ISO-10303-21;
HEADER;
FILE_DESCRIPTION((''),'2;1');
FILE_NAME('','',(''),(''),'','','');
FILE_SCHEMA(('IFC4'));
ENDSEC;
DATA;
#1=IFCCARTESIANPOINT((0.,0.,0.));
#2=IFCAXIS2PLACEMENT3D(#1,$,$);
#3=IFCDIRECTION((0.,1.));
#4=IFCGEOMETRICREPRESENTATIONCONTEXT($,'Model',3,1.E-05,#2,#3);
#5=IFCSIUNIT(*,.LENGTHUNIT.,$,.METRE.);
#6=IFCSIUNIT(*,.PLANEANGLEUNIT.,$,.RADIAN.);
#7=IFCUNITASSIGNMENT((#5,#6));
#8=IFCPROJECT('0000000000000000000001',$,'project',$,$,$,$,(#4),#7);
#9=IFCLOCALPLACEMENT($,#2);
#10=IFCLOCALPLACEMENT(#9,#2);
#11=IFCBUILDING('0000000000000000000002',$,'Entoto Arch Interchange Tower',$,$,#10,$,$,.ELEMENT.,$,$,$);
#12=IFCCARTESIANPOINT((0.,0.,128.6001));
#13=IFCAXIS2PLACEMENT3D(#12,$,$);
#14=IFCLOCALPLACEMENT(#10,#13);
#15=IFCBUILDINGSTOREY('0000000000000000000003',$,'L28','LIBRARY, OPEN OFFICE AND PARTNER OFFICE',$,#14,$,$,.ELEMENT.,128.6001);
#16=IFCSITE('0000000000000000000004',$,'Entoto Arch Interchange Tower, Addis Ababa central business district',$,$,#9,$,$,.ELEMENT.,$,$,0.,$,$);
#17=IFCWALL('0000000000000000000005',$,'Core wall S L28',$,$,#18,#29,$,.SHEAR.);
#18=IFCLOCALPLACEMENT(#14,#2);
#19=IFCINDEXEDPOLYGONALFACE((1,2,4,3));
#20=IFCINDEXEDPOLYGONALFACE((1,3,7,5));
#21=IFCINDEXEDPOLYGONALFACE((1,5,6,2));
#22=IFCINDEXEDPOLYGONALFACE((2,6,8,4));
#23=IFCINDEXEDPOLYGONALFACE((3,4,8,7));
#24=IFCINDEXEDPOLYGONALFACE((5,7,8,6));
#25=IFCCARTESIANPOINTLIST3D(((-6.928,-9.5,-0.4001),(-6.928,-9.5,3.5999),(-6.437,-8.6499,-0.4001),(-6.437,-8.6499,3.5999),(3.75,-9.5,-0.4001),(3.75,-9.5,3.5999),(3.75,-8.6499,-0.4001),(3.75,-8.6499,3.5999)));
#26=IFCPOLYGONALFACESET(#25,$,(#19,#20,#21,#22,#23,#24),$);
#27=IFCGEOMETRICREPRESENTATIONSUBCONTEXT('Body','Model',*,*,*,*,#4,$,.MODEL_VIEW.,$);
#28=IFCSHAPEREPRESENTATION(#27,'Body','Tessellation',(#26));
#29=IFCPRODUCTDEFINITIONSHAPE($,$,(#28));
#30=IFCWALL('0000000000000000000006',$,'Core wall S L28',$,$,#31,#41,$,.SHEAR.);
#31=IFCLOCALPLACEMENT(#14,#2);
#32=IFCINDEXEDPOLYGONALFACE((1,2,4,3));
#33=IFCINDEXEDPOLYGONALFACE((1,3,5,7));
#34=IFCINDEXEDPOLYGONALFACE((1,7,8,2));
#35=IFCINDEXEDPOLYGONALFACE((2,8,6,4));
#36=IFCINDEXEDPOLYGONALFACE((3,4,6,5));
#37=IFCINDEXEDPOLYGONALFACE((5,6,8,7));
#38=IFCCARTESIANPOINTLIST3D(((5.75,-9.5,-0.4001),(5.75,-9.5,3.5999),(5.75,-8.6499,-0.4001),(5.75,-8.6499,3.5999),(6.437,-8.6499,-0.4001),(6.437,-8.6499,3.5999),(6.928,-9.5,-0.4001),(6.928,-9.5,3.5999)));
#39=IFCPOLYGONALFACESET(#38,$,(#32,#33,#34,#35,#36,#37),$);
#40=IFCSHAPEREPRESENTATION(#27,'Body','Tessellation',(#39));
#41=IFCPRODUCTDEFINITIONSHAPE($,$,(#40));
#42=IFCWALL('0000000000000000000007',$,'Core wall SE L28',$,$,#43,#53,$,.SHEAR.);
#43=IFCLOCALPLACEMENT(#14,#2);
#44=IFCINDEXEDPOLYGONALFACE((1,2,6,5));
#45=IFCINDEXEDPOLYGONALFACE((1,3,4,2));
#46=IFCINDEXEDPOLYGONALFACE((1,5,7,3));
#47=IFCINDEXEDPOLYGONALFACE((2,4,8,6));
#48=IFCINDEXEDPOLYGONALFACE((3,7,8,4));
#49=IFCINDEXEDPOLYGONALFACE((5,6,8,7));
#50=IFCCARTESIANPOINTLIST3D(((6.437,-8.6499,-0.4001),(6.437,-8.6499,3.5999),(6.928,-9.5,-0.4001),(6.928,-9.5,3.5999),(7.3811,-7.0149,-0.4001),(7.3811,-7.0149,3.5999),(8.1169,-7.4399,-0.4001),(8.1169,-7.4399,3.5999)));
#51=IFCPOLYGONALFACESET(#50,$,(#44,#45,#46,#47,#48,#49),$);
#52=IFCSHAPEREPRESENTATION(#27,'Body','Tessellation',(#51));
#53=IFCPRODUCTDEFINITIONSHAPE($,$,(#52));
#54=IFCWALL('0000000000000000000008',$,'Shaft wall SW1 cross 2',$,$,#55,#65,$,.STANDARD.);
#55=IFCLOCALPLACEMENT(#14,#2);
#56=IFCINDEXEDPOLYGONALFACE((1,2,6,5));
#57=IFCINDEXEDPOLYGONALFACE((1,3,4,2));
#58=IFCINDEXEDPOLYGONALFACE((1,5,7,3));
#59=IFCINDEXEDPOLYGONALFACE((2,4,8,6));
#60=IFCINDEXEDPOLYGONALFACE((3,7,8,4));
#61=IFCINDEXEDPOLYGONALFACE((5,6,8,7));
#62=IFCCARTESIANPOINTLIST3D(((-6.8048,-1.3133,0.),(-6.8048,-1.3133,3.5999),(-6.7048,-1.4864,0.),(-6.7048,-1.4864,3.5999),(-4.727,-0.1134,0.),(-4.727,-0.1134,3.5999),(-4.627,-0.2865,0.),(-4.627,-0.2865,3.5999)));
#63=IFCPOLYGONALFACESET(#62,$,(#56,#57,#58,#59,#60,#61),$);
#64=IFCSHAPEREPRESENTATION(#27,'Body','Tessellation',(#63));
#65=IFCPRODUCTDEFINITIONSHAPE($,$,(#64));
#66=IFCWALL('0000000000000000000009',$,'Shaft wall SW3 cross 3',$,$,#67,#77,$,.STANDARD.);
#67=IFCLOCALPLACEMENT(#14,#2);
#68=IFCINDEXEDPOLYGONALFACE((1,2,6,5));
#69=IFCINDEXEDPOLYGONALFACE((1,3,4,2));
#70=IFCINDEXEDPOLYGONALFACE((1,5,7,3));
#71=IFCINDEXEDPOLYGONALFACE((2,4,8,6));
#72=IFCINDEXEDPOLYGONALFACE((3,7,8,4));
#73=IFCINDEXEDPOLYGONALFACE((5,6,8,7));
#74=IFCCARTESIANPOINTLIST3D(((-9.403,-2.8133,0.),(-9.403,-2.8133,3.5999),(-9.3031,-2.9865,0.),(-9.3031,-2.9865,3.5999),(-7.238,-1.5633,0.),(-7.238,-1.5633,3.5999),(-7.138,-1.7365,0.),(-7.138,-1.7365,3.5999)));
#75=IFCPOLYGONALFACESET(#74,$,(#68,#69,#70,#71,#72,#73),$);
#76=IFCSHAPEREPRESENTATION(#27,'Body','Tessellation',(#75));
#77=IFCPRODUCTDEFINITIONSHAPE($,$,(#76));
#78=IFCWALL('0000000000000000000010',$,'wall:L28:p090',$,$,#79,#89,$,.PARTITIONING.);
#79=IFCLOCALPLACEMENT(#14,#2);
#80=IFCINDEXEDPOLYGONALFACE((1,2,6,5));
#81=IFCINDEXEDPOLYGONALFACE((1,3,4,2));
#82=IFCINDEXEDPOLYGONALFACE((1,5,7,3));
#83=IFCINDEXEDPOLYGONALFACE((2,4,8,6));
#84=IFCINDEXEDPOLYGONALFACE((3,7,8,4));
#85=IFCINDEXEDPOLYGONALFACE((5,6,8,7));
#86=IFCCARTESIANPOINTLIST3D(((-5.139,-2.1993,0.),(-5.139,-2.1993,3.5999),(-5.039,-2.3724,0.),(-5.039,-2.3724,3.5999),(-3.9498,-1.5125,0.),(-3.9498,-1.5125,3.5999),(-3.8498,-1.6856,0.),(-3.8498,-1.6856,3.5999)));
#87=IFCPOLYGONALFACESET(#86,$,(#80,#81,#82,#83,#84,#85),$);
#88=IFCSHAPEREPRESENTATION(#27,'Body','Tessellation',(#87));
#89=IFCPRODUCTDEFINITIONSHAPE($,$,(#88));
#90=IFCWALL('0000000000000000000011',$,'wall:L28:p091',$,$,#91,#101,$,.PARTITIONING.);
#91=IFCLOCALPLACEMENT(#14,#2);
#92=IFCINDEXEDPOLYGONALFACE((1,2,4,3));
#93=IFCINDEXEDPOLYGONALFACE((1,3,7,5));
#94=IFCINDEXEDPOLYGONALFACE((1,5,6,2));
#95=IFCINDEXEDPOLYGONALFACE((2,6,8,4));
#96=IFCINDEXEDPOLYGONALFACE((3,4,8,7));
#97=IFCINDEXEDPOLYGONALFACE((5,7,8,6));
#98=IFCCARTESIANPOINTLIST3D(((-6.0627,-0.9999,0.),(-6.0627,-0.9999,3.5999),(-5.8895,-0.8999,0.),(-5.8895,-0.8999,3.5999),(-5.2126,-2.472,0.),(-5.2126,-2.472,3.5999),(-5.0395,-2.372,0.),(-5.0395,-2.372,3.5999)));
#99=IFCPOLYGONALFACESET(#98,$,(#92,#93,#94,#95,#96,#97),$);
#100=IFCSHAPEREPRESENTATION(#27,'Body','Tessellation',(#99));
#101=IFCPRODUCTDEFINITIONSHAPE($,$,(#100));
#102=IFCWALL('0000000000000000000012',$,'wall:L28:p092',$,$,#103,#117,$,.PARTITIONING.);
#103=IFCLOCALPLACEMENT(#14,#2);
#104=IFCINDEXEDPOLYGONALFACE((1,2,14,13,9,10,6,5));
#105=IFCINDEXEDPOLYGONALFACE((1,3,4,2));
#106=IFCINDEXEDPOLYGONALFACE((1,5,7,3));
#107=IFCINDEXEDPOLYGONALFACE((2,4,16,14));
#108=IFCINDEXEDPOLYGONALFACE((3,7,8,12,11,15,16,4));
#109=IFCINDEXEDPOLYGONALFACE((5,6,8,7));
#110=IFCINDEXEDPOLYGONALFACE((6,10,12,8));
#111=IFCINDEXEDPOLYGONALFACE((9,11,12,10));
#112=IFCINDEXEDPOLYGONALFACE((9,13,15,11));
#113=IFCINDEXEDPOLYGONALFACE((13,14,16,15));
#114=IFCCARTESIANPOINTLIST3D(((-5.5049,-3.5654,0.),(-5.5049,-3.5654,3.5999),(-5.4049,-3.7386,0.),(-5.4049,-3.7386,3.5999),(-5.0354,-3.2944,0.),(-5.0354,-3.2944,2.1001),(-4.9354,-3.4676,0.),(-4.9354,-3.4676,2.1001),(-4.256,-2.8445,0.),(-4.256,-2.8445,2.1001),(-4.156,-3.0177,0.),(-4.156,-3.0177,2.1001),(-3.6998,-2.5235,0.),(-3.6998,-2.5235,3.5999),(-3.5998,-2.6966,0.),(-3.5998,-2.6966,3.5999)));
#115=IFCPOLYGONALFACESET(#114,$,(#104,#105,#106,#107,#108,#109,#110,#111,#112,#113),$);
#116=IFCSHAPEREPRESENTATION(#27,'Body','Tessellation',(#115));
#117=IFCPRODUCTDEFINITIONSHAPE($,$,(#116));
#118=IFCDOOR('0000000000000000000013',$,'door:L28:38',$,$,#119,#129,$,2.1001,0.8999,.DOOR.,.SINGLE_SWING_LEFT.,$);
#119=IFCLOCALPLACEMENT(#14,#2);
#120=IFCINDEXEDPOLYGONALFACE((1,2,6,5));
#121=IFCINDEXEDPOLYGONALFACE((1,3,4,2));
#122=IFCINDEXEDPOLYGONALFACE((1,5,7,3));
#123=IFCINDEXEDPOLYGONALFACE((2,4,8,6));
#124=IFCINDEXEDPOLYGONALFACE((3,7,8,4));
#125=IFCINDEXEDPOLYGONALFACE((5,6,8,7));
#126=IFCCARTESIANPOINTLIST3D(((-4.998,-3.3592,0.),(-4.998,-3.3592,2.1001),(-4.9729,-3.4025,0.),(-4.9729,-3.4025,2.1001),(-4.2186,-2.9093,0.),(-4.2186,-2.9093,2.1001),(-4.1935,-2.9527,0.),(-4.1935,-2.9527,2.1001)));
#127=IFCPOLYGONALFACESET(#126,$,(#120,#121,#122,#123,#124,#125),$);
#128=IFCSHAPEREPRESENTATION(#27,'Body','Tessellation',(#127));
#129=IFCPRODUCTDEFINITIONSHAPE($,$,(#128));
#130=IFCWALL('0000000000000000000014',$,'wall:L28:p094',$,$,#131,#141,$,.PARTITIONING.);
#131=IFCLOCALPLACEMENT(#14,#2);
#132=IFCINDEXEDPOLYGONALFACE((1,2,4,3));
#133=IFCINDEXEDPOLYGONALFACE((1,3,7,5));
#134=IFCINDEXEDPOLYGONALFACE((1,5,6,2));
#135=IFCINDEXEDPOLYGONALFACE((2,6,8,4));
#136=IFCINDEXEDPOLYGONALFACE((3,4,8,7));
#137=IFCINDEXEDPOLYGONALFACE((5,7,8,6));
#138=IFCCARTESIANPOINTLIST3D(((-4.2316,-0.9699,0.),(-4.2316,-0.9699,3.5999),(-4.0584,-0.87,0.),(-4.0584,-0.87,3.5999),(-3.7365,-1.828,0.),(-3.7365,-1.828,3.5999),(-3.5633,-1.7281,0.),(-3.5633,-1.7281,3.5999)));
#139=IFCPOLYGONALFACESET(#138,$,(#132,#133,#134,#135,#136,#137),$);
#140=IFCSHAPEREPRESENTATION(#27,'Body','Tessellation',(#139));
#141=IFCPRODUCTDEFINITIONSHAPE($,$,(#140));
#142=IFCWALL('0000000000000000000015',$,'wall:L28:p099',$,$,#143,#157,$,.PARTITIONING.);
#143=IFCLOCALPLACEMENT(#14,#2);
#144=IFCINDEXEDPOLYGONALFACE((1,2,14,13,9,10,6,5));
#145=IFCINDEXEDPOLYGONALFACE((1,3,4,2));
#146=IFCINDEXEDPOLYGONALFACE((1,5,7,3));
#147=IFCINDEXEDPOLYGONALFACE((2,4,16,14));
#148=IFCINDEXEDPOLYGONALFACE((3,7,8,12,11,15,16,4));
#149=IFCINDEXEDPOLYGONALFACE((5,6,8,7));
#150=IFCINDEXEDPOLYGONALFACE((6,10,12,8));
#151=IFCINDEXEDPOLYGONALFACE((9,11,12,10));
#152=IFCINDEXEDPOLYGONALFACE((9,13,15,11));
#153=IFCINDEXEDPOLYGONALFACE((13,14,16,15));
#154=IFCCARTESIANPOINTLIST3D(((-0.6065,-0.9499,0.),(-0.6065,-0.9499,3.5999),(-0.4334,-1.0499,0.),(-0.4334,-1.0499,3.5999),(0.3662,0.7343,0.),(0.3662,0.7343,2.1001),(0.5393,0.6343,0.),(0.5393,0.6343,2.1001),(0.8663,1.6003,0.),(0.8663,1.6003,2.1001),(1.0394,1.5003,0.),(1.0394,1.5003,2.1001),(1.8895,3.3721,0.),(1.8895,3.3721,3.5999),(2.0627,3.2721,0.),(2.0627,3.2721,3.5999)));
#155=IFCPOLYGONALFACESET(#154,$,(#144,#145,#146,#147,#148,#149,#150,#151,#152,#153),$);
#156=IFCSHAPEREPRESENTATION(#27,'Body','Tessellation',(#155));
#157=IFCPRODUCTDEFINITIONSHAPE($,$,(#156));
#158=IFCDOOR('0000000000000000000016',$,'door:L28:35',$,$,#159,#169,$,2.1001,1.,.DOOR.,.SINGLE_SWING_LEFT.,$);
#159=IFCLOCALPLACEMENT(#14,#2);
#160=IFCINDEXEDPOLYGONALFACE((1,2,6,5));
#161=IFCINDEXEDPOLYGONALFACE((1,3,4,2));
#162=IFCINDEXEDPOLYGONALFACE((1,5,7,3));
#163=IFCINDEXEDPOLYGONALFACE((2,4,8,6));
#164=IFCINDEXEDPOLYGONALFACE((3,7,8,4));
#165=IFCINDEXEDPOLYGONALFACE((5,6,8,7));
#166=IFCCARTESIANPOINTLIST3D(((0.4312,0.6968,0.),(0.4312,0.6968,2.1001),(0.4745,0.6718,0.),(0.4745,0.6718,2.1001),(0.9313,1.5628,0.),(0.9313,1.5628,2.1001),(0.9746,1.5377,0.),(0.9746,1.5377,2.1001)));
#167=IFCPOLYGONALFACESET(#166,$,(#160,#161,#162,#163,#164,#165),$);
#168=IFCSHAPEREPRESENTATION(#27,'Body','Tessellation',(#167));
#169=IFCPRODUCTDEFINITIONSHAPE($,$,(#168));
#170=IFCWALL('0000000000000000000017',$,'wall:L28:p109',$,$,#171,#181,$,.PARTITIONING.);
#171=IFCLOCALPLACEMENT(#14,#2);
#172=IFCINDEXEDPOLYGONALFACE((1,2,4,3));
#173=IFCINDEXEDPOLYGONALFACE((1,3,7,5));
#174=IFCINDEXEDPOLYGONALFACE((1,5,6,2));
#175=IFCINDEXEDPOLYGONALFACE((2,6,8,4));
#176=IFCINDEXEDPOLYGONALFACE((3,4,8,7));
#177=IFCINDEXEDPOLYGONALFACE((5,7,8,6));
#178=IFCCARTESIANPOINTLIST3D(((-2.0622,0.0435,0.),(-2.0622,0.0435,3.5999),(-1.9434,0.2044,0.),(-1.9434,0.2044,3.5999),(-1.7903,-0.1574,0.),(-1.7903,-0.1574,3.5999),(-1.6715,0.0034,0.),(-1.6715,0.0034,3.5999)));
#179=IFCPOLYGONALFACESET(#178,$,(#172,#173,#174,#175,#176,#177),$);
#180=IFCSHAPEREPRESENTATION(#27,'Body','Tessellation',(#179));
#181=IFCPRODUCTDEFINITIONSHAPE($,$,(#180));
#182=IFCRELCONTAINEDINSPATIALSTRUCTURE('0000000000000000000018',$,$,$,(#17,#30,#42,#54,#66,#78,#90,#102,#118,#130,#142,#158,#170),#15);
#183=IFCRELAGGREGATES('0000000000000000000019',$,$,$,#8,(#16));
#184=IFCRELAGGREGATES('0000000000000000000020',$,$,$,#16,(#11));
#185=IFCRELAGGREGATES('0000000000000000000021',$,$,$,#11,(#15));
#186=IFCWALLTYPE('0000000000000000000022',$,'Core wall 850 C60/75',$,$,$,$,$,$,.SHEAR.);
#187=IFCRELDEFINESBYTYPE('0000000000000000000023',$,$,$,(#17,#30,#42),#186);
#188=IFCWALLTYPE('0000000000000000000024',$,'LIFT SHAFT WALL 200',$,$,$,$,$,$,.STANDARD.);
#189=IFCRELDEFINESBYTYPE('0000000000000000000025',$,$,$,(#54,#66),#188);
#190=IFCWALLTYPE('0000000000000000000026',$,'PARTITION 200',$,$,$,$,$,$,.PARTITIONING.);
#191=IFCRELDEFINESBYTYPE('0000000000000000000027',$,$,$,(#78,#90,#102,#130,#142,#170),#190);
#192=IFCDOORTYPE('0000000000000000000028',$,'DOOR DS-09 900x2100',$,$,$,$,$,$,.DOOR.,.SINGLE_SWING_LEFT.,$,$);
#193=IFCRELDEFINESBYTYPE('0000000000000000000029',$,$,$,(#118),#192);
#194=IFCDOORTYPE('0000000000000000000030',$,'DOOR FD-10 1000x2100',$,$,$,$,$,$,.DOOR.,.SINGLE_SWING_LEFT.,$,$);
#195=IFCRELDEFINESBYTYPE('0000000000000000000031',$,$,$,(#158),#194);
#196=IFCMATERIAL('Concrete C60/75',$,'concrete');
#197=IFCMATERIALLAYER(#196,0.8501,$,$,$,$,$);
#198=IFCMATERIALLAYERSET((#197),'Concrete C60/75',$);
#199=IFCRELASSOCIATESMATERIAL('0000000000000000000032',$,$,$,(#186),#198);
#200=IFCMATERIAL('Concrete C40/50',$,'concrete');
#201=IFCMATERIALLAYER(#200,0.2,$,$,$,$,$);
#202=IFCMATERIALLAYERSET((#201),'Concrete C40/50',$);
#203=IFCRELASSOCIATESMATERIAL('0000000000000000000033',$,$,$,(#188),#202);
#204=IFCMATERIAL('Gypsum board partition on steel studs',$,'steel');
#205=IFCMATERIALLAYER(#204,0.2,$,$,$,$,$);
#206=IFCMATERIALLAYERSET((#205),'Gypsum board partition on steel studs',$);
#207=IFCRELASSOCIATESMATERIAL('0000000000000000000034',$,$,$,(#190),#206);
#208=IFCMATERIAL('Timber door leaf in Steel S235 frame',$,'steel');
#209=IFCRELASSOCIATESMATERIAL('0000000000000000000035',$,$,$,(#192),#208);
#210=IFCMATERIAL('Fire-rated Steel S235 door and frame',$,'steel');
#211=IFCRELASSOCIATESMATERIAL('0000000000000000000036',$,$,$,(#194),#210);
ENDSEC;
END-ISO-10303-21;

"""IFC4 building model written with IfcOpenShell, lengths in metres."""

from ifc_helpers import new_model, si_unit, direction, frame, frame_2d, origin, place, context, subcontext, project, spatial, polyline, rectangle, outline, extrude, material, layer, layer_set, type_object, element, fill, save


model = new_model("IFC4")

# Units and contexts
model_context = context("Model", 3, precision=1e-05, world=origin(), true_north=direction((0.0, 1.0)))
body_context = subcontext(model_context, "Body", "Model", "MODEL_VIEW")
ifc_project = project(units=[si_unit("LENGTHUNIT", "METRE"), si_unit("PLANEANGLEUNIT", "RADIAN")], contexts=[model_context])

# Site, building, storey
site_placement = place(None, origin())
site = spatial("IfcSite", under=ifc_project, at=site_placement, Name="Entoto Arch Interchange Tower, Addis Ababa central business district", CompositionType="ELEMENT", RefElevation=0.0)
building_placement = place(site_placement, origin())
building = spatial("IfcBuilding", under=site, at=building_placement, Name="Entoto Arch Interchange Tower", CompositionType="ELEMENT")
storey_placement = place(building_placement, frame((0.0, 0.0, 128.6001)))
storey = spatial("IfcBuildingStorey", under=building, at=storey_placement, Name="L28", Description="LIBRARY, OPEN OFFICE AND PARTNER OFFICE", CompositionType="ELEMENT", Elevation=128.6001)

# Shared definitions
ifc_material_1 = material(Name="Concrete C40/50", Category="concrete")

# Walls
ifc_material_2 = material(Name="Concrete C60/75", Category="concrete")
ifc_layer_1 = layer(ifc_material_2, 0.8501)
ifc_layer_set_1 = layer_set([ifc_layer_1], Name="Concrete C60/75")
wall_type_1 = type_object("IfcWallType", Name="Core wall 850 C60/75", PredefinedType="SHEAR", material=ifc_layer_set_1)
wall_1_placement = place(storey_placement, frame((0.0, 0.0, -0.4001)))
element("IfcWall", 1, at=wall_1_placement, inside=storey, type_object=wall_type_1, Name="Core wall S L28", PredefinedType="SHEAR", context=body_context, shape_type="SweptSolid", body=[
    extrude(outline(polyline([(3.75, -9.5), (3.75, -8.6499), (-6.437, -8.6499), (-6.928, -9.5), (3.75, -9.5)])), origin(), (0.0, 0.0, 1.0), 4.0),
])
wall_2_placement = place(storey_placement, frame((0.0, 0.0, -0.4001)))
element("IfcWall", 2, at=wall_2_placement, inside=storey, type_object=wall_type_1, Name="Core wall S L28", PredefinedType="SHEAR", context=body_context, shape_type="SweptSolid", body=[
    extrude(outline(polyline([(5.75, -8.6499), (5.75, -9.5), (6.928, -9.5), (6.437, -8.6499), (5.75, -8.6499)])), origin(), (0.0, 0.0, 1.0), 4.0),
])
wall_3_placement = place(storey_placement, frame((0.0, 0.0, -0.4001)))
element("IfcWall", 3, at=wall_3_placement, inside=storey, type_object=wall_type_1, Name="Core wall SE L28", PredefinedType="SHEAR", context=body_context, shape_type="SweptSolid", body=[
    extrude(outline(polyline([(8.1169, -7.4399), (7.3811, -7.0149), (6.437, -8.6499), (6.928, -9.5), (8.1169, -7.4399)])), origin(), (0.0, 0.0, 1.0), 4.0),
])
ifc_layer_2 = layer(ifc_material_1, 0.2)
ifc_layer_set_2 = layer_set([ifc_layer_2], Name="Concrete C40/50")
wall_type_2 = type_object("IfcWallType", Name="LIFT SHAFT WALL 200", PredefinedType="STANDARD", material=ifc_layer_set_2)
wall_4_placement = place(storey_placement, frame((-4.677, -0.2, 0.0), z_axis=(0.0, 0.0, 1.0), x_axis=(-0.865974, -0.500089, 0.0)))
element("IfcWall", 4, at=wall_4_placement, inside=storey, type_object=wall_type_2, Name="Shaft wall SW1 cross 2", PredefinedType="STANDARD", context=body_context, shape_type="SweptSolid", body=[
    extrude(rectangle(XDim=2.3994, YDim=0.2, at=frame_2d((1.1997, 0.0))), origin(), (0.0, 0.0, 1.0), 3.5999),
])
wall_5_placement = place(storey_placement, frame((-7.188, -1.6499, 0.0), z_axis=(0.0, 0.0, 1.0), x_axis=(-0.866023, -0.500004, 0.0)))
element("IfcWall", 5, at=wall_5_placement, inside=storey, type_object=wall_type_2, Name="Shaft wall SW3 cross 3", PredefinedType="STANDARD", context=body_context, shape_type="SweptSolid", body=[
    extrude(rectangle(XDim=2.5, YDim=0.2, at=frame_2d((1.25, 0.0))), origin(), (0.0, 0.0, 1.0), 3.5999),
])
ifc_material_3 = material(Name="Gypsum board partition on steel studs", Category="steel")
ifc_layer_3 = layer(ifc_material_3, 0.2)
ifc_layer_set_3 = layer_set([ifc_layer_3], Name="Gypsum board partition on steel studs")
wall_type_3 = type_object("IfcWallType", Name="PARTITION 200", PredefinedType="PARTITIONING", material=ifc_layer_set_3)
wall_6_placement = place(storey_placement, frame((-3.8999, -1.5991, 0.0), z_axis=(0.0, 0.0, 1.0), x_axis=(-0.865969, -0.500097, 0.0)))
element("IfcWall", 6, at=wall_6_placement, inside=storey, type_object=wall_type_3, Name="wall:L28:p090", PredefinedType="PARTITIONING", context=body_context, shape_type="SweptSolid", body=[
    extrude(rectangle(XDim=1.3733, YDim=0.2, at=frame_2d((0.6865, 0.0))), origin(), (0.0, 0.0, 1.0), 3.5999),
])
wall_7_placement = place(storey_placement, frame((-5.126, -2.4221, 0.0), z_axis=(0.0, 0.0, 1.0), x_axis=(-0.500062, 0.865989, 0.0)))
element("IfcWall", 7, at=wall_7_placement, inside=storey, type_object=wall_type_3, Name="wall:L28:p091", PredefinedType="PARTITIONING", context=body_context, shape_type="SweptSolid", body=[
    extrude(rectangle(XDim=1.7, YDim=0.2, at=frame_2d((0.8501, 0.0))), origin(), (0.0, 0.0, 1.0), 3.5999),
])

# Wall, opening, door
wall_8_placement = place(storey_placement, frame((-3.6499, -2.6101, 0.0), z_axis=(0.0, 0.0, 1.0), x_axis=(-0.866072, -0.499918, 0.0)))
wall_8 = element("IfcWall", 8, at=wall_8_placement, inside=storey, type_object=wall_type_3, Name="wall:L28:p092", PredefinedType="PARTITIONING", context=body_context, shape_type="SweptSolid", body=[
    extrude(rectangle(XDim=2.0842, YDim=0.2, at=frame_2d((1.042, 0.0))), origin(), (0.0, 0.0, 1.0), 3.5999),
])
opening_1_placement = place(wall_8_placement, frame((0.6421, 0.0, 0.0)))
opening_1 = element("IfcOpeningElement", 9, at=opening_1_placement, cuts=wall_8, PredefinedType="OPENING", context=body_context, shape_type="SweptSolid", body=[
    extrude(rectangle(XDim=0.8999, YDim=2.1001, at=frame_2d((0.45, 1.05))), frame((0.0, 0.1099, 0.0), z_axis=(0.0, -1.0, 0.0), x_axis=(1.0, 0.0, 0.0)), (0.0, 0.0, 1.0), 0.22),
])
ifc_material_4 = material(Name="Timber door leaf in Steel S235 frame", Category="steel")
door_type_1 = type_object("IfcDoorType", Name="DOOR DS-09 900x2100", OperationType="SINGLE_SWING_LEFT", PredefinedType="DOOR", material=ifc_material_4)
door_1_placement = place(opening_1_placement, origin())
door_1 = element("IfcDoor", 10, at=door_1_placement, inside=storey, type_object=door_type_1, Name="door:L28:38", OperationType="SINGLE_SWING_LEFT", OverallHeight=2.1001, OverallWidth=0.8999, PredefinedType="DOOR", context=body_context, shape_type="SweptSolid", body=[
    extrude(rectangle(XDim=0.8999, YDim=2.1001, at=frame_2d((0.45, 1.05))), frame((0.0, 0.0249, 0.0), z_axis=(0.0, -1.0, 0.0), x_axis=(1.0, 0.0, 0.0)), (0.0, 0.0, 1.0), 0.05),
])
fill(opening_1, door_1)

# Wall
wall_9_placement = place(storey_placement, frame((-4.145, -0.9199, 0.0), z_axis=(0.0, 0.0, 1.0), x_axis=(0.499744, -0.866173, 0.0)))
element("IfcWall", 11, at=wall_9_placement, inside=storey, type_object=wall_type_3, Name="wall:L28:p094", PredefinedType="PARTITIONING", context=body_context, shape_type="SweptSolid", body=[
    extrude(rectangle(XDim=0.9907, YDim=0.2, at=frame_2d((0.4954, 0.0))), origin(), (0.0, 0.0, 1.0), 3.5999),
])

# Wall, opening, door
wall_10_placement = place(storey_placement, frame((-0.52, -1.0, 0.0), z_axis=(0.0, 0.0, 1.0), x_axis=(0.500116, 0.865958, 0.0)))
wall_10 = element("IfcWall", 12, at=wall_10_placement, inside=storey, type_object=wall_type_3, Name="wall:L28:p099", PredefinedType="PARTITIONING", context=body_context, shape_type="SweptSolid", body=[
    extrude(rectangle(XDim=4.991, YDim=0.2, at=frame_2d((2.4956, 0.0))), origin(), (0.0, 0.0, 1.0), 3.5999),
])
opening_2_placement = place(wall_10_placement, frame((1.9451, 0.0, 0.0)))
opening_2 = element("IfcOpeningElement", 13, at=opening_2_placement, cuts=wall_10, PredefinedType="OPENING", context=body_context, shape_type="SweptSolid", body=[
    extrude(rectangle(XDim=1.0, YDim=2.1001, at=frame_2d((0.5, 1.05))), frame((0.0, 0.1099, 0.0), z_axis=(0.0, -1.0, 0.0), x_axis=(1.0, 0.0, 0.0)), (0.0, 0.0, 1.0), 0.22),
])
ifc_material_5 = material(Name="Fire-rated Steel S235 door and frame", Category="steel")
door_type_2 = type_object("IfcDoorType", Name="DOOR FD-10 1000x2100", OperationType="SINGLE_SWING_LEFT", PredefinedType="DOOR", material=ifc_material_5)
door_2_placement = place(opening_2_placement, origin())
door_2 = element("IfcDoor", 14, at=door_2_placement, inside=storey, type_object=door_type_2, Name="door:L28:35", OperationType="SINGLE_SWING_LEFT", OverallHeight=2.1001, OverallWidth=1.0, PredefinedType="DOOR", context=body_context, shape_type="SweptSolid", body=[
    extrude(rectangle(XDim=1.0, YDim=2.1001, at=frame_2d((0.5, 1.05))), frame((0.0, 0.0249, 0.0), z_axis=(0.0, -1.0, 0.0), x_axis=(1.0, 0.0, 0.0)), (0.0, 0.0, 1.0), 0.05),
])
fill(opening_2, door_2)

# Wall
wall_11_placement = place(storey_placement, frame((-1.731, -0.0769, 0.0), z_axis=(0.0, 0.0, 1.0), x_axis=(-0.804311, 0.594208, 0.0)))
element("IfcWall", 15, at=wall_11_placement, inside=storey, type_object=wall_type_3, Name="wall:L28:p109", PredefinedType="PARTITIONING", context=body_context, shape_type="SweptSolid", body=[
    extrude(rectangle(XDim=0.3381, YDim=0.2, at=frame_2d((0.1689, 0.0))), origin(), (0.0, 0.0, 1.0), 3.5999),
])

save(model, "model.ifc")
